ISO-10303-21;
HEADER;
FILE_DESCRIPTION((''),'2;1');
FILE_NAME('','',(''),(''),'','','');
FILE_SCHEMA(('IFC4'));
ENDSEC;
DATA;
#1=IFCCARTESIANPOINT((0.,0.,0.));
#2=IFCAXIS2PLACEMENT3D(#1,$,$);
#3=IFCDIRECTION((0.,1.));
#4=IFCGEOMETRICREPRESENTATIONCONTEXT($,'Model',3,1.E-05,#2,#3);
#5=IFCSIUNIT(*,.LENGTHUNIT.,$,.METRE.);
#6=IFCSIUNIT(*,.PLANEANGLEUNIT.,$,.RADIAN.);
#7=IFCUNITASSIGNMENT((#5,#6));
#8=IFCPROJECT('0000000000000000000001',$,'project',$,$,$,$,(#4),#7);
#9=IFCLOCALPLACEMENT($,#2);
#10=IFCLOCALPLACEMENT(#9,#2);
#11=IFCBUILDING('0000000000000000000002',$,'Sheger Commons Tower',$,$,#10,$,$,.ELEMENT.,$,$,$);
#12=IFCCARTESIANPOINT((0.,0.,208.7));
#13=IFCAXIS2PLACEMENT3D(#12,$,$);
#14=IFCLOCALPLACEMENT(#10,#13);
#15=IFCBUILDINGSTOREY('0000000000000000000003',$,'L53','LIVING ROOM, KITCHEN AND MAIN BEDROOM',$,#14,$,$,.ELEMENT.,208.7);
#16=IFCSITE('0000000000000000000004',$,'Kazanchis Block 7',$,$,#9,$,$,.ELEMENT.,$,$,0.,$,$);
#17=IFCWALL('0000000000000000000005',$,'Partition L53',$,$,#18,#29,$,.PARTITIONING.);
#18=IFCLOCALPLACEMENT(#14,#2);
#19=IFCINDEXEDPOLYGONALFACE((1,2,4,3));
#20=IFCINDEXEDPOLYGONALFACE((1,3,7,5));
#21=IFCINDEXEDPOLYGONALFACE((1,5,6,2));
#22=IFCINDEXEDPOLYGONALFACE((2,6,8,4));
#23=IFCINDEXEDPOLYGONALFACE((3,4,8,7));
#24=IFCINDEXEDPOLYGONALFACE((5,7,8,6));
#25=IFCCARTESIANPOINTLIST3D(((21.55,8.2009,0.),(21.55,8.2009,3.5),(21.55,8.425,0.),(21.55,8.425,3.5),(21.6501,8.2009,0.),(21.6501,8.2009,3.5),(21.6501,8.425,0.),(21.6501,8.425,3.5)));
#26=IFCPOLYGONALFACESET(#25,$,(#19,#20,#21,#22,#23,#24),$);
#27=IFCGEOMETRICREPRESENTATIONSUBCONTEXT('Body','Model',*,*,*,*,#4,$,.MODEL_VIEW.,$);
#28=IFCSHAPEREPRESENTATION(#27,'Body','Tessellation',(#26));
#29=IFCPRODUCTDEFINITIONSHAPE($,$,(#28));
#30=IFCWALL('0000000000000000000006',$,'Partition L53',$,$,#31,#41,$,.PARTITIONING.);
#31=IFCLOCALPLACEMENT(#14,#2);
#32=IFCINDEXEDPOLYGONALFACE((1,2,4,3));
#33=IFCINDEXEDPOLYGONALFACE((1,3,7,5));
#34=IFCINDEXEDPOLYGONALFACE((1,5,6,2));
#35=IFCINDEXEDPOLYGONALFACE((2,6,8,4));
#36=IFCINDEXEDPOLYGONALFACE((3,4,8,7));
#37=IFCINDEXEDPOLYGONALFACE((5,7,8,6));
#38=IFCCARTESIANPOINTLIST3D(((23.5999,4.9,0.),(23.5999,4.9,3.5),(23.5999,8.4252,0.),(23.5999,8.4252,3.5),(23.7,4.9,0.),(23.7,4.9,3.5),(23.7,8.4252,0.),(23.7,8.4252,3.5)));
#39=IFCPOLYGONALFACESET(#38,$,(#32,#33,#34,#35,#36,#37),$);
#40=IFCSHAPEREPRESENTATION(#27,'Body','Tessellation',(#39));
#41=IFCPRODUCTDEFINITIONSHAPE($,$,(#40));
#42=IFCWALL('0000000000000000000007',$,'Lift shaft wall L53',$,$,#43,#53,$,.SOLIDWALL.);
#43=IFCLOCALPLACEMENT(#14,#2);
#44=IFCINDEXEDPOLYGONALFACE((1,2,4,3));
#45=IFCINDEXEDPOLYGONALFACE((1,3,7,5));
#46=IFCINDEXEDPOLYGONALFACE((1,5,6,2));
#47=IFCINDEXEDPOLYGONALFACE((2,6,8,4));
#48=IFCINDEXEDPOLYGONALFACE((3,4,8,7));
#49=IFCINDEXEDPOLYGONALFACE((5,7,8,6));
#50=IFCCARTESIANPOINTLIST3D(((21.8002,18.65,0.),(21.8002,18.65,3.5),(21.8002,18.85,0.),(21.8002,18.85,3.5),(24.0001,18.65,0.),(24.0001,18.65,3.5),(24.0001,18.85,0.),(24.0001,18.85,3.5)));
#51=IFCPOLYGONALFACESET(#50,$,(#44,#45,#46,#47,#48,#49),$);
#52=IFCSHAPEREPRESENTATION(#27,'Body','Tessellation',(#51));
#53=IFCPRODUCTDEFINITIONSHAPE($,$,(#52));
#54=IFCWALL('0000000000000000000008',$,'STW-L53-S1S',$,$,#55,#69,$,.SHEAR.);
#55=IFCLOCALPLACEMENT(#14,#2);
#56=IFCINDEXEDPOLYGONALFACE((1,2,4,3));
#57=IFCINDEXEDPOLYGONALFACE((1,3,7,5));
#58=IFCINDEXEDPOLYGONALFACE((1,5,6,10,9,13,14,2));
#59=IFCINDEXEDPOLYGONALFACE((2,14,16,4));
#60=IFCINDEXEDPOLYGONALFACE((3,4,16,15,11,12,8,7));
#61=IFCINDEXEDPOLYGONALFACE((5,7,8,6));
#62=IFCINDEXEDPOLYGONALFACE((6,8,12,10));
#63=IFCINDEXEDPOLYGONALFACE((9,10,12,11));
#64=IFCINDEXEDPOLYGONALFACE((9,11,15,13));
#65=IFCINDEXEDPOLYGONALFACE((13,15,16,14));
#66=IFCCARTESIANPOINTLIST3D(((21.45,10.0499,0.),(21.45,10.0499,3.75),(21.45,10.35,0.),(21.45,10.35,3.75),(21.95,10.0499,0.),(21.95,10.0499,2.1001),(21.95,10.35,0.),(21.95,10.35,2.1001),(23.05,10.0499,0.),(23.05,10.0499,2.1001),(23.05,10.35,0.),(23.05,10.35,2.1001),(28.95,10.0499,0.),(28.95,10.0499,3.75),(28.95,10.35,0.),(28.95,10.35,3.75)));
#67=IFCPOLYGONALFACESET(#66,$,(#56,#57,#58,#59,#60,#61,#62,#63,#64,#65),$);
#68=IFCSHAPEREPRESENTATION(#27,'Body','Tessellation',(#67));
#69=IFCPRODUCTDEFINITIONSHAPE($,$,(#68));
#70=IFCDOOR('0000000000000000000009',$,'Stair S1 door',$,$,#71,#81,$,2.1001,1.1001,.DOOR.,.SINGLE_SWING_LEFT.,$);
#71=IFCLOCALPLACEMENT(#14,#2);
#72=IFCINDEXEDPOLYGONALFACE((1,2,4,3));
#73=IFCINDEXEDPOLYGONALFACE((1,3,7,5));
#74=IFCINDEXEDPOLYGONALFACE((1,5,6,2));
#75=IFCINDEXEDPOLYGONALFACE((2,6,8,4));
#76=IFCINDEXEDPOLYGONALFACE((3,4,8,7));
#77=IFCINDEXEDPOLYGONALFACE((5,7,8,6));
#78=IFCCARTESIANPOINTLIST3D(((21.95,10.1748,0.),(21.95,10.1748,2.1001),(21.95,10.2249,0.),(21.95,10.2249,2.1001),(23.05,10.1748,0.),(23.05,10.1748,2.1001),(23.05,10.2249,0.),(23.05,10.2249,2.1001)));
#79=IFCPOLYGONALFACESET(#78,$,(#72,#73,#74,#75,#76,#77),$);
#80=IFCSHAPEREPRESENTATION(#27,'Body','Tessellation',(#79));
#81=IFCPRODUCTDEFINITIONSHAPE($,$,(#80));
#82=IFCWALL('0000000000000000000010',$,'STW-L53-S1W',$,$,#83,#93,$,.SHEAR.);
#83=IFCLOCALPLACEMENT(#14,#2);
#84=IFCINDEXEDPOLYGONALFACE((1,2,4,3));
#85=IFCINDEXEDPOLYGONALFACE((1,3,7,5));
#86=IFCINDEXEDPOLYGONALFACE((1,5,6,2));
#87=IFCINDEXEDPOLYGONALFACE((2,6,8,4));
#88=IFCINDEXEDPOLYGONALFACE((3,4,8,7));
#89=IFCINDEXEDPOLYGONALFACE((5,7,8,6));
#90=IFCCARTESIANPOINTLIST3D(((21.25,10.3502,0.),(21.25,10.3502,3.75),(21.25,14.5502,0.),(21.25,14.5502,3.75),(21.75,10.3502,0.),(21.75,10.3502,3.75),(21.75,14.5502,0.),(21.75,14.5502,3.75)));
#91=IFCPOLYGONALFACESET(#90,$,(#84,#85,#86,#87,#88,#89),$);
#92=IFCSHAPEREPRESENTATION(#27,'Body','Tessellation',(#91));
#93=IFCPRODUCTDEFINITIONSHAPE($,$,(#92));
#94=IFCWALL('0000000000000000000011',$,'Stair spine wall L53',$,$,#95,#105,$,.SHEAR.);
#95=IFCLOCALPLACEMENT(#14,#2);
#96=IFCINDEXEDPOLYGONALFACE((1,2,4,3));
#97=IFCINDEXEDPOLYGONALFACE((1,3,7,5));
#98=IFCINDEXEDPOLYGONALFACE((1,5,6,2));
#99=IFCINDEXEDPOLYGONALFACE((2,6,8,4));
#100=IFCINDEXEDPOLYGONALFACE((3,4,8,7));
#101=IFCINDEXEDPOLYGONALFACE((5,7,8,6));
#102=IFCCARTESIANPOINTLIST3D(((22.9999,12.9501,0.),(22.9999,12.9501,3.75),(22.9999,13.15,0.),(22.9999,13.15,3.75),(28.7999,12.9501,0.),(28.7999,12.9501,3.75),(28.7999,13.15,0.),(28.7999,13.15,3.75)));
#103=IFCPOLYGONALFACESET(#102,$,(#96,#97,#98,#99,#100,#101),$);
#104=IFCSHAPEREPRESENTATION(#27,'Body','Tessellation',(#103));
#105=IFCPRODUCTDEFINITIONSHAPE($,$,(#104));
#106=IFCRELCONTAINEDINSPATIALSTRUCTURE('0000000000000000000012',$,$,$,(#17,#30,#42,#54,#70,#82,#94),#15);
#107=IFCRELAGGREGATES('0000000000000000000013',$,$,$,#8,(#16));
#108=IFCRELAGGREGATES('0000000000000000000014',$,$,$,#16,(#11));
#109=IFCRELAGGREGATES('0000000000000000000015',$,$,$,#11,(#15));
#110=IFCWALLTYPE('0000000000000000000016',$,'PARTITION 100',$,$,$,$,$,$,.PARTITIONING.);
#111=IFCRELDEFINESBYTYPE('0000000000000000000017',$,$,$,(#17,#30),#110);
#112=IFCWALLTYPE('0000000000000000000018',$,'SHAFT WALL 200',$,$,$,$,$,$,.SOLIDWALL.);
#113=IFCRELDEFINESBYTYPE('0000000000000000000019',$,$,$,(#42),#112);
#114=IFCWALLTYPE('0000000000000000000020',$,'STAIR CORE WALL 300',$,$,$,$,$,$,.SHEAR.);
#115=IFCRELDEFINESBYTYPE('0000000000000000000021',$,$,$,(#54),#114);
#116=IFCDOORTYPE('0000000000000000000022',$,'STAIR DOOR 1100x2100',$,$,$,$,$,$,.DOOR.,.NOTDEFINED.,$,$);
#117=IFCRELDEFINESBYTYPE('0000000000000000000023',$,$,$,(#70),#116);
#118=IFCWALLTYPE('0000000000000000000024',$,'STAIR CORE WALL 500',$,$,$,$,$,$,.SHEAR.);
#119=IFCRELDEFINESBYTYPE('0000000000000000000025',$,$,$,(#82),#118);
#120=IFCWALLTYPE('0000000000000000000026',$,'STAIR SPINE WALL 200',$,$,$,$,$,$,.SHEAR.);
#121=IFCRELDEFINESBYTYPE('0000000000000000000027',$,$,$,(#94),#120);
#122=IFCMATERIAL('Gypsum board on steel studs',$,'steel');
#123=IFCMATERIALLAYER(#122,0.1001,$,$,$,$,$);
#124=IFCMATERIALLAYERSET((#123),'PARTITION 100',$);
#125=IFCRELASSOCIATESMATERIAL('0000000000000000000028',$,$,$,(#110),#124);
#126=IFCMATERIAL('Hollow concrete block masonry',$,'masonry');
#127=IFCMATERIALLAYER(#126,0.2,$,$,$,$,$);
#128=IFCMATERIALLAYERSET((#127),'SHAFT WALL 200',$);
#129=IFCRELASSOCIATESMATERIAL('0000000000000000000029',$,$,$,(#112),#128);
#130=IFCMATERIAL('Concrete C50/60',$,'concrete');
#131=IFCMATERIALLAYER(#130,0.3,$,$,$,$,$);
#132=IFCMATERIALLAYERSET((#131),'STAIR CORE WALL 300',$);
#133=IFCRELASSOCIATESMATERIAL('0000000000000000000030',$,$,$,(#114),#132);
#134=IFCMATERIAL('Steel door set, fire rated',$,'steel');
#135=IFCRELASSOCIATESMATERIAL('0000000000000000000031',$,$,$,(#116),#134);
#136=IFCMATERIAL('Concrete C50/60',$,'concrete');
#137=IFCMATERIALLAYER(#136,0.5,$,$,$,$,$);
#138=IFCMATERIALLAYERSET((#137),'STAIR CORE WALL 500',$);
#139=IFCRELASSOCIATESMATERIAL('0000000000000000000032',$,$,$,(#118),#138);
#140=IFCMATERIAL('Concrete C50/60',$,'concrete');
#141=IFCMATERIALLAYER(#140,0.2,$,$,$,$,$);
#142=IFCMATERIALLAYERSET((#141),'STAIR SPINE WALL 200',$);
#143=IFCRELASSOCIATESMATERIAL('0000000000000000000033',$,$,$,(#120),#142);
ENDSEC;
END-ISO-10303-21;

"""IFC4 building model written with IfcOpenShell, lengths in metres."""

from ifc_helpers import new_model, si_unit, direction, frame, frame_2d, origin, place, context, subcontext, project, spatial, rectangle, extrude, material, layer, layer_set, type_object, element, fill, save


model = new_model("IFC4")

# Units and contexts
model_context = context("Model", 3, precision=1e-05, world=origin(), true_north=direction((0.0, 1.0)))
body_context = subcontext(model_context, "Body", "Model", "MODEL_VIEW")
ifc_project = project(units=[si_unit("LENGTHUNIT", "METRE"), si_unit("PLANEANGLEUNIT", "RADIAN")], contexts=[model_context])

# Site, building, storey
site_placement = place(None, origin())
site = spatial("IfcSite", under=ifc_project, at=site_placement, Name="Kazanchis Block 7", CompositionType="ELEMENT", RefElevation=0.0)
building_placement = place(site_placement, origin())
building = spatial("IfcBuilding", under=site, at=building_placement, Name="Sheger Commons Tower", CompositionType="ELEMENT")
storey_placement = place(building_placement, frame((0.0, 0.0, 208.7)))
storey = spatial("IfcBuildingStorey", under=building, at=storey_placement, Name="L53", Description="LIVING ROOM, KITCHEN AND MAIN BEDROOM", CompositionType="ELEMENT", Elevation=208.7)

# Walls
ifc_material_1 = material(Name="Gypsum board on steel studs", Category="steel")
ifc_layer_1 = layer(ifc_material_1, 0.1001)
ifc_layer_set_1 = layer_set([ifc_layer_1], Name="PARTITION 100")
wall_type_1 = type_object("IfcWallType", Name="PARTITION 100", PredefinedType="PARTITIONING", material=ifc_layer_set_1)
wall_1_placement = place(storey_placement, frame((21.6001, 8.2009, 0.0), z_axis=(0.0, 0.0, 1.0), x_axis=(0.0, 1.0, 0.0)))
element("IfcWall", 1, at=wall_1_placement, inside=storey, type_object=wall_type_1, Name="Partition L53", PredefinedType="PARTITIONING", context=body_context, shape_type="SweptSolid", body=[
    extrude(rectangle(XDim=0.2241, YDim=0.1001, at=frame_2d((0.1121, 0.0))), origin(), (0.0, 0.0, 1.0), 3.5),
])
wall_2_placement = place(storey_placement, frame((23.6499, 4.8999, 0.0), z_axis=(0.0, 0.0, 1.0), x_axis=(0.0, 1.0, 0.0)))
element("IfcWall", 2, at=wall_2_placement, inside=storey, type_object=wall_type_1, Name="Partition L53", PredefinedType="PARTITIONING", context=body_context, shape_type="SweptSolid", body=[
    extrude(rectangle(XDim=3.5251, YDim=0.1001, at=frame_2d((1.7627, 0.0))), origin(), (0.0, 0.0, 1.0), 3.5),
])
ifc_material_2 = material(Name="Hollow concrete block masonry", Category="masonry")
ifc_layer_2 = layer(ifc_material_2, 0.2)
ifc_layer_set_2 = layer_set([ifc_layer_2], Name="SHAFT WALL 200")
wall_type_2 = type_object("IfcWallType", Name="SHAFT WALL 200", PredefinedType="SOLIDWALL", material=ifc_layer_set_2)
wall_3_placement = place(storey_placement, frame((21.8, 18.75, 0.0), z_axis=(0.0, 0.0, 1.0), x_axis=(1.0, 0.0, 0.0)))
element("IfcWall", 3, at=wall_3_placement, inside=storey, type_object=wall_type_2, Name="Lift shaft wall L53", PredefinedType="SOLIDWALL", context=body_context, shape_type="SweptSolid", body=[
    extrude(rectangle(XDim=2.2, YDim=0.2, at=frame_2d((1.1001, 0.0))), origin(), (0.0, 0.0, 1.0), 3.5),
])

# Wall, opening, door
ifc_material_3 = material(Name="Concrete C50/60", Category="concrete")
ifc_layer_3 = layer(ifc_material_3, 0.3)
ifc_layer_set_3 = layer_set([ifc_layer_3], Name="STAIR CORE WALL 300")
wall_type_3 = type_object("IfcWallType", Name="STAIR CORE WALL 300", PredefinedType="SHEAR", material=ifc_layer_set_3)
wall_4_placement = place(storey_placement, frame((21.45, 10.2, 0.0), z_axis=(0.0, 0.0, 1.0), x_axis=(1.0, 0.0, 0.0)))
wall_4 = element("IfcWall", 4, at=wall_4_placement, inside=storey, type_object=wall_type_3, Name="STW-L53-S1S", PredefinedType="SHEAR", context=body_context, shape_type="SweptSolid", body=[
    extrude(rectangle(XDim=7.5, YDim=0.3, at=frame_2d((3.75, 0.0))), origin(), (0.0, 0.0, 1.0), 3.75),
])
opening_1_placement = place(wall_4_placement, frame((0.5, 0.0, 0.0)))
opening_1 = element("IfcOpeningElement", 5, at=opening_1_placement, cuts=wall_4, PredefinedType="OPENING", context=body_context, shape_type="SweptSolid", body=[
    extrude(rectangle(XDim=1.1001, YDim=2.1001, at=frame_2d((0.55, 1.05))), frame((0.0, 0.1599, 0.0), z_axis=(0.0, -1.0, 0.0), x_axis=(1.0, 0.0, 0.0)), (0.0, 0.0, 1.0), 0.3201),
])
ifc_material_4 = material(Name="Steel door set, fire rated", Category="steel")
door_type_1 = type_object("IfcDoorType", Name="STAIR DOOR 1100x2100", OperationType="NOTDEFINED", PredefinedType="DOOR", material=ifc_material_4)
door_1_placement = place(opening_1_placement, origin())
door_1 = element("IfcDoor", 6, at=door_1_placement, inside=storey, type_object=door_type_1, Name="Stair S1 door", OperationType="SINGLE_SWING_LEFT", OverallHeight=2.1001, OverallWidth=1.1001, PredefinedType="DOOR", context=body_context, shape_type="SweptSolid", body=[
    extrude(rectangle(XDim=1.1001, YDim=2.1001, at=frame_2d((0.55, 1.05))), frame((0.0, 0.0249, 0.0), z_axis=(0.0, -1.0, 0.0), x_axis=(1.0, 0.0, 0.0)), (0.0, 0.0, 1.0), 0.05),
])
fill(opening_1, door_1)

# Walls
ifc_material_5 = material(Name="Concrete C50/60", Category="concrete")
ifc_layer_4 = layer(ifc_material_5, 0.5)
ifc_layer_set_4 = layer_set([ifc_layer_4], Name="STAIR CORE WALL 500")
wall_type_4 = type_object("IfcWallType", Name="STAIR CORE WALL 500", PredefinedType="SHEAR", material=ifc_layer_set_4)
wall_5_placement = place(storey_placement, frame((21.5, 10.3501, 0.0), z_axis=(0.0, 0.0, 1.0), x_axis=(0.0, 1.0, 0.0)))
element("IfcWall", 7, at=wall_5_placement, inside=storey, type_object=wall_type_4, Name="STW-L53-S1W", PredefinedType="SHEAR", context=body_context, shape_type="SweptSolid", body=[
    extrude(rectangle(XDim=4.2, YDim=0.5, at=frame_2d((2.1001, 0.0))), origin(), (0.0, 0.0, 1.0), 3.75),
])
ifc_material_6 = material(Name="Concrete C50/60", Category="concrete")
ifc_layer_5 = layer(ifc_material_6, 0.2)
ifc_layer_set_5 = layer_set([ifc_layer_5], Name="STAIR SPINE WALL 200")
wall_type_5 = type_object("IfcWallType", Name="STAIR SPINE WALL 200", PredefinedType="SHEAR", material=ifc_layer_set_5)
wall_6_placement = place(storey_placement, frame((23.0, 13.05, 0.0), z_axis=(0.0, 0.0, 1.0), x_axis=(1.0, 0.0, 0.0)))
element("IfcWall", 8, at=wall_6_placement, inside=storey, type_object=wall_type_5, Name="Stair spine wall L53", PredefinedType="SHEAR", context=body_context, shape_type="SweptSolid", body=[
    extrude(rectangle(XDim=5.8, YDim=0.2, at=frame_2d((2.8999, 0.0))), origin(), (0.0, 0.0, 1.0), 3.75),
])

save(model, "model.ifc")
